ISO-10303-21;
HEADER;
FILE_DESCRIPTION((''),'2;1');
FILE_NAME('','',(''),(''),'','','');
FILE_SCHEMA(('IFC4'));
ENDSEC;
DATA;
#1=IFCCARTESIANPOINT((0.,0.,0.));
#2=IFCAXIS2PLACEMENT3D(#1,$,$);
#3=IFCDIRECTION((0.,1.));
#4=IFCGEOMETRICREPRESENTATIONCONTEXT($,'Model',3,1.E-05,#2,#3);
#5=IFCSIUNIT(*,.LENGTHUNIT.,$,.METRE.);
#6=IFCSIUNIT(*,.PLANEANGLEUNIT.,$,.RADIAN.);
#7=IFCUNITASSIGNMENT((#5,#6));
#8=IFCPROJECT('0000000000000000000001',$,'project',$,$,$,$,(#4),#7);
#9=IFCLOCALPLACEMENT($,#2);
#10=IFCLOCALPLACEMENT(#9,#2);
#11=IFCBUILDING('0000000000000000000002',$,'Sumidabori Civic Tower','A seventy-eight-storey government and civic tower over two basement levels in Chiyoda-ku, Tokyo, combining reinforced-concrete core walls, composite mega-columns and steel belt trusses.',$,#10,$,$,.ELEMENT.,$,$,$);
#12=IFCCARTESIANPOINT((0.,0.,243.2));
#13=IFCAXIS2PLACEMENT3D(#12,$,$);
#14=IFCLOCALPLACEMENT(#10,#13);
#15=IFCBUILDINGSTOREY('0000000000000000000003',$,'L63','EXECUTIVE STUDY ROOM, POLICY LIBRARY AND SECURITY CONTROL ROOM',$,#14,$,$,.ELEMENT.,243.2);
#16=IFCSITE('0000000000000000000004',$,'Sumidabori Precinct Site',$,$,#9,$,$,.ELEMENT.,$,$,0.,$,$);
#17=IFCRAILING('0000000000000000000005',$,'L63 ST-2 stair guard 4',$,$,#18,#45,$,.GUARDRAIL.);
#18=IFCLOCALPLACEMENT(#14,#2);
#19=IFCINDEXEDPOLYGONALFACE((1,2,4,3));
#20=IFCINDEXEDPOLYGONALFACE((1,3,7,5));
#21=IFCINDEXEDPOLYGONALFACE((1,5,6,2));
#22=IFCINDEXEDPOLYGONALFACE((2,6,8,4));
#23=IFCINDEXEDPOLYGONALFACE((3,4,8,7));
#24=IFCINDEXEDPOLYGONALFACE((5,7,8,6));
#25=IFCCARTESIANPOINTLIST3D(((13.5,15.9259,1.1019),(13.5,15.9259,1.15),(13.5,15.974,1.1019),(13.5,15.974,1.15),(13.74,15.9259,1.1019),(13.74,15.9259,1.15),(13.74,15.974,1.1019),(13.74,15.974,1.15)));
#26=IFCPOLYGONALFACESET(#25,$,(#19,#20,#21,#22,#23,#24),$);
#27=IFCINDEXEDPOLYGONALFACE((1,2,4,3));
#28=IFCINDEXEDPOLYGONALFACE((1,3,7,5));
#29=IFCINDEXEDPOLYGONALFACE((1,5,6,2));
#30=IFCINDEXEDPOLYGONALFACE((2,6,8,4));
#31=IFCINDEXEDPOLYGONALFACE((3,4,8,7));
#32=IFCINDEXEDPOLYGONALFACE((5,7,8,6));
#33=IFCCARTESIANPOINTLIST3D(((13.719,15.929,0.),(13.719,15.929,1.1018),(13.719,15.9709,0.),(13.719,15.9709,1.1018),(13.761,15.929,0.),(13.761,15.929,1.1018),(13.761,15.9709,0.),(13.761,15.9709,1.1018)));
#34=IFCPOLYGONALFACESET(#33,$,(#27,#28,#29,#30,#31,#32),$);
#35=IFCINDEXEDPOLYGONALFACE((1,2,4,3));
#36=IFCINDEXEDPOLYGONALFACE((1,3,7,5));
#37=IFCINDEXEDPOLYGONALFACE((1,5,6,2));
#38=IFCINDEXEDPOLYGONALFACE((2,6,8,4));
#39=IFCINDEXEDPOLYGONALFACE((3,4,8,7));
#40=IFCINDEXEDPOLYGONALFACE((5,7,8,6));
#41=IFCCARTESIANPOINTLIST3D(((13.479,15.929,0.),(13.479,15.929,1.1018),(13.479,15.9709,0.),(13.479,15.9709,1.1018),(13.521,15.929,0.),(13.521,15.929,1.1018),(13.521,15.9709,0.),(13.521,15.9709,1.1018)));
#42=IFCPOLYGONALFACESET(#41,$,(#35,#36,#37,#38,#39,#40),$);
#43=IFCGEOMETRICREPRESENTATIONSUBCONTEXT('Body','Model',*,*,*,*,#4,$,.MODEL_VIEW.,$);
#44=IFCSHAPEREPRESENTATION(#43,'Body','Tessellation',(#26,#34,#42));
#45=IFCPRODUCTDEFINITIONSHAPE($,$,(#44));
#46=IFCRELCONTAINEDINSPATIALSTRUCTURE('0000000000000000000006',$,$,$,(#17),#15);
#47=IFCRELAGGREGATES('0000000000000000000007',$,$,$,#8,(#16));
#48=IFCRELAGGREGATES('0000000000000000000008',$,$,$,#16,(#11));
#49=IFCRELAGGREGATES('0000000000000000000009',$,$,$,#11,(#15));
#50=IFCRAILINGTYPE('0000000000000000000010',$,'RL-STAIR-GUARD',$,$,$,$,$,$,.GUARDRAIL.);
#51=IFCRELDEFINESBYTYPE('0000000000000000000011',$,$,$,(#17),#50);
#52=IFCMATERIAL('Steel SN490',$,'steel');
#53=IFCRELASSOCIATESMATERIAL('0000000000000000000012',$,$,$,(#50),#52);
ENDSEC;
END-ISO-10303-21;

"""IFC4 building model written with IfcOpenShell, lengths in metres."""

from ifc_helpers import new_model, si_unit, direction, frame, origin, origin_2d, place, context, subcontext, project, spatial, rectangle, extrude, material, type_object, element, save


model = new_model("IFC4")

# Units and contexts
model_context = context("Model", 3, precision=1e-05, world=origin(), true_north=direction((0.0, 1.0)))
body_context = subcontext(model_context, "Body", "Model", "MODEL_VIEW")
ifc_project = project(units=[si_unit("LENGTHUNIT", "METRE"), si_unit("PLANEANGLEUNIT", "RADIAN")], contexts=[model_context])

# Site, building, storey
site_placement = place(None, origin())
site = spatial("IfcSite", under=ifc_project, at=site_placement, Name="Sumidabori Precinct Site", CompositionType="ELEMENT", RefElevation=0.0)
building_placement = place(site_placement, origin())
building = spatial("IfcBuilding", under=site, at=building_placement, Name="Sumidabori Civic Tower", Description="A seventy-eight-storey government and civic tower over two basement levels in Chiyoda-ku, Tokyo, combining reinforced-concrete core walls, composite mega-columns and steel belt trusses.", CompositionType="ELEMENT")
storey_placement = place(building_placement, frame((0.0, 0.0, 243.2)))
storey = spatial("IfcBuildingStorey", under=building, at=storey_placement, Name="L63", Description="EXECUTIVE STUDY ROOM, POLICY LIBRARY AND SECURITY CONTROL ROOM", CompositionType="ELEMENT", Elevation=243.2)

# Shared definitions
ifc_material_1 = material(Name="Steel SN490", Category="steel")

# Railing
railing_type_1 = type_object("IfcRailingType", Name="RL-STAIR-GUARD", PredefinedType="GUARDRAIL", material=ifc_material_1)
railing_1_placement = place(storey_placement, frame((13.74, 15.95, 0.0)))
element("IfcRailing", 1, at=railing_1_placement, inside=storey, type_object=railing_type_1, Name="L63 ST-2 stair guard 4", PredefinedType="GUARDRAIL", context=body_context, shape_type="SweptSolid", body=[
    extrude(rectangle(XDim=0.0481, YDim=0.0481, at=origin_2d()), frame((0.0, 0.0, 1.126), z_axis=(-1.0, 0.0, 0.0), x_axis=(0.0, -1.0, 0.0)), (0.0, 0.0, 1.0), 0.24),
    extrude(rectangle(XDim=0.042, YDim=0.042, at=origin_2d()), origin(), (0.0, 0.0, 1.0), 1.1018),
    extrude(rectangle(XDim=0.042, YDim=0.042, at=origin_2d()), frame((-0.24, 0.0, 0.0)), (0.0, 0.0, 1.0), 1.1018),
])

save(model, "model.ifc")
